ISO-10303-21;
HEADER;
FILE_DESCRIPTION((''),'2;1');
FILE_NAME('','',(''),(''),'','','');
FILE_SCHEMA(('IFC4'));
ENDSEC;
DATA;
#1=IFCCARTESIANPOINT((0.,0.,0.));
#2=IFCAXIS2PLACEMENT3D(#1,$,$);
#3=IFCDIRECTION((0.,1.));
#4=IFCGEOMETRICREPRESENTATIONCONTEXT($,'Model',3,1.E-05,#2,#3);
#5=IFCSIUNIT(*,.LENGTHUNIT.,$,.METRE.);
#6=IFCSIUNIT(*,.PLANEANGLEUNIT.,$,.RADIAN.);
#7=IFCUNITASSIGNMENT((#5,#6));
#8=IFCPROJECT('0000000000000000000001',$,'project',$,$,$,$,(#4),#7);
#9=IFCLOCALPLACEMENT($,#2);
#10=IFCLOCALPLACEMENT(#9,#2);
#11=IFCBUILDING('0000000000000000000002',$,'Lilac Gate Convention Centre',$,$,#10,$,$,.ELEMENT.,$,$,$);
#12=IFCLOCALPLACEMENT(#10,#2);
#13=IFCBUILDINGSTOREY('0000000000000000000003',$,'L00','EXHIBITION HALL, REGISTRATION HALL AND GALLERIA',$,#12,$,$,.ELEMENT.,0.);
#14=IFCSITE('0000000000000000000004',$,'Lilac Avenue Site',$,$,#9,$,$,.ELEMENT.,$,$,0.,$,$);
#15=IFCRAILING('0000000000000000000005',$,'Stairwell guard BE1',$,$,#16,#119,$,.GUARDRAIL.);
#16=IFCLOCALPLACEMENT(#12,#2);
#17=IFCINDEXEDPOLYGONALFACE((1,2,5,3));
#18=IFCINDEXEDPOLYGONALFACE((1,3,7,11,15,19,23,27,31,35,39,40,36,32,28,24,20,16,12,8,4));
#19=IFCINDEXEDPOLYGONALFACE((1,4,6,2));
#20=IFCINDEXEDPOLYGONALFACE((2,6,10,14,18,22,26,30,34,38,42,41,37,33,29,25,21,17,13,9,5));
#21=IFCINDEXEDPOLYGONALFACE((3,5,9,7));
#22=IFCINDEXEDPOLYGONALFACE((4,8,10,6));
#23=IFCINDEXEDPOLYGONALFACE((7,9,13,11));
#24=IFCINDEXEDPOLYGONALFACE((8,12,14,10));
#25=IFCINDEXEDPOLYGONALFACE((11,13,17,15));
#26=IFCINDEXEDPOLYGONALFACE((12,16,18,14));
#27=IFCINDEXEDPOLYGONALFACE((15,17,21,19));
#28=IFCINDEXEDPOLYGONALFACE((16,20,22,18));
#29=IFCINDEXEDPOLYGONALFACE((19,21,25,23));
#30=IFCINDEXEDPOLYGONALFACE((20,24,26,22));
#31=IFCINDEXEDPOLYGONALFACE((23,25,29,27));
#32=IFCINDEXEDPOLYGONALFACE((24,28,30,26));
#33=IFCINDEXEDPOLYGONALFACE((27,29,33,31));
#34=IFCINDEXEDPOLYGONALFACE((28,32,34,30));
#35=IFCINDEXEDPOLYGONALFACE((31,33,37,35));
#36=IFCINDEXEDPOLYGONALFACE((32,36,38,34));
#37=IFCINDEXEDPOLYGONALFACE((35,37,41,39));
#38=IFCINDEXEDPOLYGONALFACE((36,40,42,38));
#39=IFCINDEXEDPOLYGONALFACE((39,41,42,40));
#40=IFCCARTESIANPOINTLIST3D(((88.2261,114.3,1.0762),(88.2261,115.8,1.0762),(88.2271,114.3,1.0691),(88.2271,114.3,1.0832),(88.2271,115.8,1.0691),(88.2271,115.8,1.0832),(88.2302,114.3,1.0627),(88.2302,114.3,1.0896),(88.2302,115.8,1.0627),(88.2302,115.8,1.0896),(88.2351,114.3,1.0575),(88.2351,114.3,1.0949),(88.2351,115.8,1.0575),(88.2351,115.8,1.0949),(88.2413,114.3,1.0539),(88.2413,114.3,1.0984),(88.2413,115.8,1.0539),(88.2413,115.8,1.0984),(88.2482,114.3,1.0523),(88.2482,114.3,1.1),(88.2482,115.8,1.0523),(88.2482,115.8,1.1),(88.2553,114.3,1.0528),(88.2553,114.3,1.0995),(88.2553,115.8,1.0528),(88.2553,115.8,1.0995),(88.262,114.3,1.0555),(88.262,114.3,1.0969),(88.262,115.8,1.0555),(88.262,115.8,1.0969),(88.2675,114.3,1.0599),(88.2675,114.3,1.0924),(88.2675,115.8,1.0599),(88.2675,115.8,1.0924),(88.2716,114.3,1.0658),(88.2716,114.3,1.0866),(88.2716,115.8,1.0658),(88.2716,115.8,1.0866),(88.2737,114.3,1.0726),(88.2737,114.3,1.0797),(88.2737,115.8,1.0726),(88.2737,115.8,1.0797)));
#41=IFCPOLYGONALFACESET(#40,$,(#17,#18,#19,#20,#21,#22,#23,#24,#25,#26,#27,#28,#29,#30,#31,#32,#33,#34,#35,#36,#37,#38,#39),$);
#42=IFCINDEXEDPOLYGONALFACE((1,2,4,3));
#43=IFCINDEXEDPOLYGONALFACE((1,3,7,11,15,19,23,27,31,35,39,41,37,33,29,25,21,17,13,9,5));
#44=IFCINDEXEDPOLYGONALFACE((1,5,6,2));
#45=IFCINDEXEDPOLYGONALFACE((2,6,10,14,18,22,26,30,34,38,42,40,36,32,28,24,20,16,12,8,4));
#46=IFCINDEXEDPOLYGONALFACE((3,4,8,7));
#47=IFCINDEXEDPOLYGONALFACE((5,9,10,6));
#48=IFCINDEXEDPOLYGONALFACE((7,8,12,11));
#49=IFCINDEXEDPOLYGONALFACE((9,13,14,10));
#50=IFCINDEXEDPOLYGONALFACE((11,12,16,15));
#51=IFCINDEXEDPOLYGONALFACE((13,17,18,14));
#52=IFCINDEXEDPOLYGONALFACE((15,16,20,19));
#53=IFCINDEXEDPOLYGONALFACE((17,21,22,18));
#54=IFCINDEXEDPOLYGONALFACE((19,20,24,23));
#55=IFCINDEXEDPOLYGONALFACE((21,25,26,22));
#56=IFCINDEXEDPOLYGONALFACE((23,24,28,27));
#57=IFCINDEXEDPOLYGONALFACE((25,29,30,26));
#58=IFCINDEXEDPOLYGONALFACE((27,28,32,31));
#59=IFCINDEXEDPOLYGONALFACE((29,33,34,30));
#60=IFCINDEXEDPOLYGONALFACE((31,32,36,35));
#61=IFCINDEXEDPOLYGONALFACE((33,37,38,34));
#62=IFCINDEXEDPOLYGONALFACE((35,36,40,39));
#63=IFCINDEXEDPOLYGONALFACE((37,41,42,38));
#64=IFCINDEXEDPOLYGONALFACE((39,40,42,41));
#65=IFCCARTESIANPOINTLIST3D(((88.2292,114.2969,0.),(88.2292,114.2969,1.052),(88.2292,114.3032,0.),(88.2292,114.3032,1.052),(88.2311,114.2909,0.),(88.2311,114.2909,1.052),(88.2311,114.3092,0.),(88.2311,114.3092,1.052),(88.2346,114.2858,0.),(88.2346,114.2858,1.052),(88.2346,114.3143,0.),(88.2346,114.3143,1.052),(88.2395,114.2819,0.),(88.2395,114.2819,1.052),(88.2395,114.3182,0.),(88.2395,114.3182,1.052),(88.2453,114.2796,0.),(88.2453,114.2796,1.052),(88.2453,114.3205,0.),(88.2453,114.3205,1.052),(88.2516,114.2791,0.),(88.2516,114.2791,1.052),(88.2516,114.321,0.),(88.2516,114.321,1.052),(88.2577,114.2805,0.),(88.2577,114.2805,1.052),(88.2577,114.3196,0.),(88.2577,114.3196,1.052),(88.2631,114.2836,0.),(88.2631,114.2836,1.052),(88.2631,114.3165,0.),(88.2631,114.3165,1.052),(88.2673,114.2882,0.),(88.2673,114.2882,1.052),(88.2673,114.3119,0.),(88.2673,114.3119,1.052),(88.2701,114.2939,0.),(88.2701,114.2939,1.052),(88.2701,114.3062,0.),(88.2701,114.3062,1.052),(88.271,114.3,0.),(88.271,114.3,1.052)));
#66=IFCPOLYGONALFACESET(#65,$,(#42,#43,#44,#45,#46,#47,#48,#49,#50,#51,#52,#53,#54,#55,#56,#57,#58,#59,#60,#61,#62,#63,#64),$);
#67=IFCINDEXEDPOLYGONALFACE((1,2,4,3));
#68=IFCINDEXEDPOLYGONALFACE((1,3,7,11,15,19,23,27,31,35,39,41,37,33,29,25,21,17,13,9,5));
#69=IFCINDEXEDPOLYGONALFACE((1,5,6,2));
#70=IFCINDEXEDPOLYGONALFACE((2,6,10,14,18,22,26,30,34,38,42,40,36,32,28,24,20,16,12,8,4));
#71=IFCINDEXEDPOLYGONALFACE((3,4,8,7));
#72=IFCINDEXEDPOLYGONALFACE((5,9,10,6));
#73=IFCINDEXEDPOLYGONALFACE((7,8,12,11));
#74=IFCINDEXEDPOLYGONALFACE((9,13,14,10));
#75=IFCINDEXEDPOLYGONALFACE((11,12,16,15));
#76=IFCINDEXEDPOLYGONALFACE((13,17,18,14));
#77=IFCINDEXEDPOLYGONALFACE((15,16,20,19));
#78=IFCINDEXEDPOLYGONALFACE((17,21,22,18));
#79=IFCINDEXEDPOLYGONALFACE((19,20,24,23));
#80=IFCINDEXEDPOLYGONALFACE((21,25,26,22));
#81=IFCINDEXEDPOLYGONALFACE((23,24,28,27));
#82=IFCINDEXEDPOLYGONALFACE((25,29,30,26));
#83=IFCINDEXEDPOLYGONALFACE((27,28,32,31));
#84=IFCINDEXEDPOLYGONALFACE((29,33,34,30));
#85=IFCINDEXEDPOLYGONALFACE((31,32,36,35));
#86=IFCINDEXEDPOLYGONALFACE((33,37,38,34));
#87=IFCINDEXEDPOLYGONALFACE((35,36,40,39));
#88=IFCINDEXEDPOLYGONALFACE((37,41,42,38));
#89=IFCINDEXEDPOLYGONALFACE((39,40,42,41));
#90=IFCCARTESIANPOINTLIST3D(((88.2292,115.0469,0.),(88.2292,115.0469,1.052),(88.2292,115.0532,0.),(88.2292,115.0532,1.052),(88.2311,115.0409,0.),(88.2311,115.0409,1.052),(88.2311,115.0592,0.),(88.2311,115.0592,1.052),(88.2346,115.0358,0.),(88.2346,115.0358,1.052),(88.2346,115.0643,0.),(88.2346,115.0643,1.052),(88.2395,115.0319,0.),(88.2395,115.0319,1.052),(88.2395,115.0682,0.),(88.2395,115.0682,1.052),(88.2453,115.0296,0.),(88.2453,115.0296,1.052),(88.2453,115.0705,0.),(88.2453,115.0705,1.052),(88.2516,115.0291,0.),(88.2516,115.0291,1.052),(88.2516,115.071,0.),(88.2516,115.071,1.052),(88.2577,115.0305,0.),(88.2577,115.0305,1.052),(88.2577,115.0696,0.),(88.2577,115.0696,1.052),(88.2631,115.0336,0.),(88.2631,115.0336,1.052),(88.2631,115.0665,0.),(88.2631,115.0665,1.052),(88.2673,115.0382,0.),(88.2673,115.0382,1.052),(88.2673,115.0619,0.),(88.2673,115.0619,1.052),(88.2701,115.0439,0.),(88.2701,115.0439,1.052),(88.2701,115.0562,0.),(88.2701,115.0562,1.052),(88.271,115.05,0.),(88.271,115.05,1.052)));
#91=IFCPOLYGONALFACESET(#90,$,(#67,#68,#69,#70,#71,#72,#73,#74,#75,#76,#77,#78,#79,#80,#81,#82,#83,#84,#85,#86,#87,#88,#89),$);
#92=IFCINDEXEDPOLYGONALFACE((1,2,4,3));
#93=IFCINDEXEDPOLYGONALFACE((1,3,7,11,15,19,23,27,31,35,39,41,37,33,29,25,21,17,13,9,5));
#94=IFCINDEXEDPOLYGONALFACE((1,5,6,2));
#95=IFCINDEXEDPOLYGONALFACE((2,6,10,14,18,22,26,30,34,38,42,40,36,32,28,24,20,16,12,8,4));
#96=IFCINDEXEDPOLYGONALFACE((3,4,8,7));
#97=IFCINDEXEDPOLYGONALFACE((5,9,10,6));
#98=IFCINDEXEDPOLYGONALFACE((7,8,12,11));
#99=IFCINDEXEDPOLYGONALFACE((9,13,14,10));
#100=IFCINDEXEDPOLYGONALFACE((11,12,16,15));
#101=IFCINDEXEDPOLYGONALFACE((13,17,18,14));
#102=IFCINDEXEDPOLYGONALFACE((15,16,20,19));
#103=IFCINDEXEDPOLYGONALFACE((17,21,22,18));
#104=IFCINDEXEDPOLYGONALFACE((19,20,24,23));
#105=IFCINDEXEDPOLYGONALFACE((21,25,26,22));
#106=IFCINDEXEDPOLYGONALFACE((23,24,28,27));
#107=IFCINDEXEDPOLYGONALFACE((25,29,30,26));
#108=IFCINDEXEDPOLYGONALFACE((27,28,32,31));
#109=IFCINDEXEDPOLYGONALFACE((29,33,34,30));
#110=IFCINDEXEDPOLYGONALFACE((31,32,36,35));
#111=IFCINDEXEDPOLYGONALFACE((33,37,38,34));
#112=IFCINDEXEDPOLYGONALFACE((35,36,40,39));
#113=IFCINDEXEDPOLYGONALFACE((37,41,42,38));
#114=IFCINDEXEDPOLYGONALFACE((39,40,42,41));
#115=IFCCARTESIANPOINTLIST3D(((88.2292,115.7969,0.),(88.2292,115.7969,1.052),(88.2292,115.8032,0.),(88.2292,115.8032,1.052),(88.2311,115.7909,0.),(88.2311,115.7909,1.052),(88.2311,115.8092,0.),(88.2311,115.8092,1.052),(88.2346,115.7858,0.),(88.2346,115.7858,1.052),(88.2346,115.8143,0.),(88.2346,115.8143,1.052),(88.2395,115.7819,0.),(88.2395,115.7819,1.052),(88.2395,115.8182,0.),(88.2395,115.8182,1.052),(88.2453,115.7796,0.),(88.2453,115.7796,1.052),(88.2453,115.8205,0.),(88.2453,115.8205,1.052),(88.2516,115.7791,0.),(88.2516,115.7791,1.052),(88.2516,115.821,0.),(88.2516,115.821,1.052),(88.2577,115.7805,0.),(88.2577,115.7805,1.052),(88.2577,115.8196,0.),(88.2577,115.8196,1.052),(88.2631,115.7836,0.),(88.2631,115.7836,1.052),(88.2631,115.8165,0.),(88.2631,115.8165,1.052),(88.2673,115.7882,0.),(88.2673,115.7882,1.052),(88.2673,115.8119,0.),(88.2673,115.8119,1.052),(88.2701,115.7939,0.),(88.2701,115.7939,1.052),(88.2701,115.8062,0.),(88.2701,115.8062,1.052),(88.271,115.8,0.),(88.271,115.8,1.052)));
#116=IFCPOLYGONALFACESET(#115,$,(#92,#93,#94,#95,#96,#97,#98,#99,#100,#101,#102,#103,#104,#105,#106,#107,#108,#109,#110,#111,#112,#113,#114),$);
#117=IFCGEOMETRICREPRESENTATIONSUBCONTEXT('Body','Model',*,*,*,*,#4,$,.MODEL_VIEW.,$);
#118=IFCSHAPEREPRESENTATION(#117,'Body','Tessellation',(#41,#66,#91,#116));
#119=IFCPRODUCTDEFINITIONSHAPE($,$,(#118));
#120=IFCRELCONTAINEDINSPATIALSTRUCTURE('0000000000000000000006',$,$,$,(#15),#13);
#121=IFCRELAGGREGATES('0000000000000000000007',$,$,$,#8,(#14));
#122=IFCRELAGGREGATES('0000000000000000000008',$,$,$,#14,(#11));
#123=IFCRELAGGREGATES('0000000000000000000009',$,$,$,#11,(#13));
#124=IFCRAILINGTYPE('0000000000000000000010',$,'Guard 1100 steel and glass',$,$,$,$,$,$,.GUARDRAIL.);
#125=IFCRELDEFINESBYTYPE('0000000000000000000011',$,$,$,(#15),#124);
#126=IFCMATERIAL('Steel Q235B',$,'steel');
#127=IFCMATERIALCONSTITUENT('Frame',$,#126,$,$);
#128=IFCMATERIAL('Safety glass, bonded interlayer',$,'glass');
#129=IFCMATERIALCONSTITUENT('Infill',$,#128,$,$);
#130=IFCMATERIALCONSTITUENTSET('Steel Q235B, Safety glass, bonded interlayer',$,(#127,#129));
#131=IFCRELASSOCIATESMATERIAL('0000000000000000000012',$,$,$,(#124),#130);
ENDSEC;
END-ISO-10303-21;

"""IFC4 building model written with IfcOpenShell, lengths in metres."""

from ifc_helpers import new_model, si_unit, direction, frame, origin, origin_2d, place, context, subcontext, project, spatial, circle, extrude, material, constituent, constituent_set, type_object, element, save


model = new_model("IFC4")

# Units and contexts
model_context = context("Model", 3, precision=1e-05, world=origin(), true_north=direction((0.0, 1.0)))
body_context = subcontext(model_context, "Body", "Model", "MODEL_VIEW")
ifc_project = project(units=[si_unit("LENGTHUNIT", "METRE"), si_unit("PLANEANGLEUNIT", "RADIAN")], contexts=[model_context])

# Site, building, storey
site_placement = place(None, origin())
site = spatial("IfcSite", under=ifc_project, at=site_placement, Name="Lilac Avenue Site", CompositionType="ELEMENT", RefElevation=0.0)
building_placement = place(site_placement, origin())
building = spatial("IfcBuilding", under=site, at=building_placement, Name="Lilac Gate Convention Centre", CompositionType="ELEMENT")
storey_placement = place(building_placement, origin())
storey = spatial("IfcBuildingStorey", under=building, at=storey_placement, Name="L00", Description="EXHIBITION HALL, REGISTRATION HALL AND GALLERIA", CompositionType="ELEMENT", Elevation=0.0)

# Railing
ifc_material_1 = material(Name="Steel Q235B", Category="steel")
ifc_constituent_1 = constituent(ifc_material_1, Name="Frame")
ifc_material_2 = material(Name="Safety glass, bonded interlayer", Category="glass")
ifc_constituent_2 = constituent(ifc_material_2, Name="Infill")
ifc_constituent_set = constituent_set(constituents=[ifc_constituent_1, ifc_constituent_2], Name="Steel Q235B, Safety glass, bonded interlayer")
railing_type_1 = type_object("IfcRailingType", Name="Guard 1100 steel and glass", PredefinedType="GUARDRAIL", material=ifc_constituent_set)
railing_placement = place(storey_placement, frame((88.25, 114.3, 0.0)))
element("IfcRailing", 1, at=railing_placement, inside=storey, type_object=railing_type_1, Name="Stairwell guard BE1", PredefinedType="GUARDRAIL", context=body_context, shape_type="SweptSolid", body=[
    extrude(circle(Radius=0.0239, at=origin_2d()), frame((0.0, 0.0, 1.0762), z_axis=(0.0, 1.0, 0.0), x_axis=(-1.0, 0.0, 0.0)), (0.0, 0.0, 1.0), 1.5),
    extrude(circle(Radius=0.021, at=origin_2d()), origin(), (0.0, 0.0, 1.0), 1.052),
    extrude(circle(Radius=0.021, at=origin_2d()), frame((0.0, 0.75, 0.0)), (0.0, 0.0, 1.0), 1.052),
    extrude(circle(Radius=0.021, at=origin_2d()), frame((0.0, 1.5, 0.0)), (0.0, 0.0, 1.0), 1.052),
])

save(model, "model.ifc")
